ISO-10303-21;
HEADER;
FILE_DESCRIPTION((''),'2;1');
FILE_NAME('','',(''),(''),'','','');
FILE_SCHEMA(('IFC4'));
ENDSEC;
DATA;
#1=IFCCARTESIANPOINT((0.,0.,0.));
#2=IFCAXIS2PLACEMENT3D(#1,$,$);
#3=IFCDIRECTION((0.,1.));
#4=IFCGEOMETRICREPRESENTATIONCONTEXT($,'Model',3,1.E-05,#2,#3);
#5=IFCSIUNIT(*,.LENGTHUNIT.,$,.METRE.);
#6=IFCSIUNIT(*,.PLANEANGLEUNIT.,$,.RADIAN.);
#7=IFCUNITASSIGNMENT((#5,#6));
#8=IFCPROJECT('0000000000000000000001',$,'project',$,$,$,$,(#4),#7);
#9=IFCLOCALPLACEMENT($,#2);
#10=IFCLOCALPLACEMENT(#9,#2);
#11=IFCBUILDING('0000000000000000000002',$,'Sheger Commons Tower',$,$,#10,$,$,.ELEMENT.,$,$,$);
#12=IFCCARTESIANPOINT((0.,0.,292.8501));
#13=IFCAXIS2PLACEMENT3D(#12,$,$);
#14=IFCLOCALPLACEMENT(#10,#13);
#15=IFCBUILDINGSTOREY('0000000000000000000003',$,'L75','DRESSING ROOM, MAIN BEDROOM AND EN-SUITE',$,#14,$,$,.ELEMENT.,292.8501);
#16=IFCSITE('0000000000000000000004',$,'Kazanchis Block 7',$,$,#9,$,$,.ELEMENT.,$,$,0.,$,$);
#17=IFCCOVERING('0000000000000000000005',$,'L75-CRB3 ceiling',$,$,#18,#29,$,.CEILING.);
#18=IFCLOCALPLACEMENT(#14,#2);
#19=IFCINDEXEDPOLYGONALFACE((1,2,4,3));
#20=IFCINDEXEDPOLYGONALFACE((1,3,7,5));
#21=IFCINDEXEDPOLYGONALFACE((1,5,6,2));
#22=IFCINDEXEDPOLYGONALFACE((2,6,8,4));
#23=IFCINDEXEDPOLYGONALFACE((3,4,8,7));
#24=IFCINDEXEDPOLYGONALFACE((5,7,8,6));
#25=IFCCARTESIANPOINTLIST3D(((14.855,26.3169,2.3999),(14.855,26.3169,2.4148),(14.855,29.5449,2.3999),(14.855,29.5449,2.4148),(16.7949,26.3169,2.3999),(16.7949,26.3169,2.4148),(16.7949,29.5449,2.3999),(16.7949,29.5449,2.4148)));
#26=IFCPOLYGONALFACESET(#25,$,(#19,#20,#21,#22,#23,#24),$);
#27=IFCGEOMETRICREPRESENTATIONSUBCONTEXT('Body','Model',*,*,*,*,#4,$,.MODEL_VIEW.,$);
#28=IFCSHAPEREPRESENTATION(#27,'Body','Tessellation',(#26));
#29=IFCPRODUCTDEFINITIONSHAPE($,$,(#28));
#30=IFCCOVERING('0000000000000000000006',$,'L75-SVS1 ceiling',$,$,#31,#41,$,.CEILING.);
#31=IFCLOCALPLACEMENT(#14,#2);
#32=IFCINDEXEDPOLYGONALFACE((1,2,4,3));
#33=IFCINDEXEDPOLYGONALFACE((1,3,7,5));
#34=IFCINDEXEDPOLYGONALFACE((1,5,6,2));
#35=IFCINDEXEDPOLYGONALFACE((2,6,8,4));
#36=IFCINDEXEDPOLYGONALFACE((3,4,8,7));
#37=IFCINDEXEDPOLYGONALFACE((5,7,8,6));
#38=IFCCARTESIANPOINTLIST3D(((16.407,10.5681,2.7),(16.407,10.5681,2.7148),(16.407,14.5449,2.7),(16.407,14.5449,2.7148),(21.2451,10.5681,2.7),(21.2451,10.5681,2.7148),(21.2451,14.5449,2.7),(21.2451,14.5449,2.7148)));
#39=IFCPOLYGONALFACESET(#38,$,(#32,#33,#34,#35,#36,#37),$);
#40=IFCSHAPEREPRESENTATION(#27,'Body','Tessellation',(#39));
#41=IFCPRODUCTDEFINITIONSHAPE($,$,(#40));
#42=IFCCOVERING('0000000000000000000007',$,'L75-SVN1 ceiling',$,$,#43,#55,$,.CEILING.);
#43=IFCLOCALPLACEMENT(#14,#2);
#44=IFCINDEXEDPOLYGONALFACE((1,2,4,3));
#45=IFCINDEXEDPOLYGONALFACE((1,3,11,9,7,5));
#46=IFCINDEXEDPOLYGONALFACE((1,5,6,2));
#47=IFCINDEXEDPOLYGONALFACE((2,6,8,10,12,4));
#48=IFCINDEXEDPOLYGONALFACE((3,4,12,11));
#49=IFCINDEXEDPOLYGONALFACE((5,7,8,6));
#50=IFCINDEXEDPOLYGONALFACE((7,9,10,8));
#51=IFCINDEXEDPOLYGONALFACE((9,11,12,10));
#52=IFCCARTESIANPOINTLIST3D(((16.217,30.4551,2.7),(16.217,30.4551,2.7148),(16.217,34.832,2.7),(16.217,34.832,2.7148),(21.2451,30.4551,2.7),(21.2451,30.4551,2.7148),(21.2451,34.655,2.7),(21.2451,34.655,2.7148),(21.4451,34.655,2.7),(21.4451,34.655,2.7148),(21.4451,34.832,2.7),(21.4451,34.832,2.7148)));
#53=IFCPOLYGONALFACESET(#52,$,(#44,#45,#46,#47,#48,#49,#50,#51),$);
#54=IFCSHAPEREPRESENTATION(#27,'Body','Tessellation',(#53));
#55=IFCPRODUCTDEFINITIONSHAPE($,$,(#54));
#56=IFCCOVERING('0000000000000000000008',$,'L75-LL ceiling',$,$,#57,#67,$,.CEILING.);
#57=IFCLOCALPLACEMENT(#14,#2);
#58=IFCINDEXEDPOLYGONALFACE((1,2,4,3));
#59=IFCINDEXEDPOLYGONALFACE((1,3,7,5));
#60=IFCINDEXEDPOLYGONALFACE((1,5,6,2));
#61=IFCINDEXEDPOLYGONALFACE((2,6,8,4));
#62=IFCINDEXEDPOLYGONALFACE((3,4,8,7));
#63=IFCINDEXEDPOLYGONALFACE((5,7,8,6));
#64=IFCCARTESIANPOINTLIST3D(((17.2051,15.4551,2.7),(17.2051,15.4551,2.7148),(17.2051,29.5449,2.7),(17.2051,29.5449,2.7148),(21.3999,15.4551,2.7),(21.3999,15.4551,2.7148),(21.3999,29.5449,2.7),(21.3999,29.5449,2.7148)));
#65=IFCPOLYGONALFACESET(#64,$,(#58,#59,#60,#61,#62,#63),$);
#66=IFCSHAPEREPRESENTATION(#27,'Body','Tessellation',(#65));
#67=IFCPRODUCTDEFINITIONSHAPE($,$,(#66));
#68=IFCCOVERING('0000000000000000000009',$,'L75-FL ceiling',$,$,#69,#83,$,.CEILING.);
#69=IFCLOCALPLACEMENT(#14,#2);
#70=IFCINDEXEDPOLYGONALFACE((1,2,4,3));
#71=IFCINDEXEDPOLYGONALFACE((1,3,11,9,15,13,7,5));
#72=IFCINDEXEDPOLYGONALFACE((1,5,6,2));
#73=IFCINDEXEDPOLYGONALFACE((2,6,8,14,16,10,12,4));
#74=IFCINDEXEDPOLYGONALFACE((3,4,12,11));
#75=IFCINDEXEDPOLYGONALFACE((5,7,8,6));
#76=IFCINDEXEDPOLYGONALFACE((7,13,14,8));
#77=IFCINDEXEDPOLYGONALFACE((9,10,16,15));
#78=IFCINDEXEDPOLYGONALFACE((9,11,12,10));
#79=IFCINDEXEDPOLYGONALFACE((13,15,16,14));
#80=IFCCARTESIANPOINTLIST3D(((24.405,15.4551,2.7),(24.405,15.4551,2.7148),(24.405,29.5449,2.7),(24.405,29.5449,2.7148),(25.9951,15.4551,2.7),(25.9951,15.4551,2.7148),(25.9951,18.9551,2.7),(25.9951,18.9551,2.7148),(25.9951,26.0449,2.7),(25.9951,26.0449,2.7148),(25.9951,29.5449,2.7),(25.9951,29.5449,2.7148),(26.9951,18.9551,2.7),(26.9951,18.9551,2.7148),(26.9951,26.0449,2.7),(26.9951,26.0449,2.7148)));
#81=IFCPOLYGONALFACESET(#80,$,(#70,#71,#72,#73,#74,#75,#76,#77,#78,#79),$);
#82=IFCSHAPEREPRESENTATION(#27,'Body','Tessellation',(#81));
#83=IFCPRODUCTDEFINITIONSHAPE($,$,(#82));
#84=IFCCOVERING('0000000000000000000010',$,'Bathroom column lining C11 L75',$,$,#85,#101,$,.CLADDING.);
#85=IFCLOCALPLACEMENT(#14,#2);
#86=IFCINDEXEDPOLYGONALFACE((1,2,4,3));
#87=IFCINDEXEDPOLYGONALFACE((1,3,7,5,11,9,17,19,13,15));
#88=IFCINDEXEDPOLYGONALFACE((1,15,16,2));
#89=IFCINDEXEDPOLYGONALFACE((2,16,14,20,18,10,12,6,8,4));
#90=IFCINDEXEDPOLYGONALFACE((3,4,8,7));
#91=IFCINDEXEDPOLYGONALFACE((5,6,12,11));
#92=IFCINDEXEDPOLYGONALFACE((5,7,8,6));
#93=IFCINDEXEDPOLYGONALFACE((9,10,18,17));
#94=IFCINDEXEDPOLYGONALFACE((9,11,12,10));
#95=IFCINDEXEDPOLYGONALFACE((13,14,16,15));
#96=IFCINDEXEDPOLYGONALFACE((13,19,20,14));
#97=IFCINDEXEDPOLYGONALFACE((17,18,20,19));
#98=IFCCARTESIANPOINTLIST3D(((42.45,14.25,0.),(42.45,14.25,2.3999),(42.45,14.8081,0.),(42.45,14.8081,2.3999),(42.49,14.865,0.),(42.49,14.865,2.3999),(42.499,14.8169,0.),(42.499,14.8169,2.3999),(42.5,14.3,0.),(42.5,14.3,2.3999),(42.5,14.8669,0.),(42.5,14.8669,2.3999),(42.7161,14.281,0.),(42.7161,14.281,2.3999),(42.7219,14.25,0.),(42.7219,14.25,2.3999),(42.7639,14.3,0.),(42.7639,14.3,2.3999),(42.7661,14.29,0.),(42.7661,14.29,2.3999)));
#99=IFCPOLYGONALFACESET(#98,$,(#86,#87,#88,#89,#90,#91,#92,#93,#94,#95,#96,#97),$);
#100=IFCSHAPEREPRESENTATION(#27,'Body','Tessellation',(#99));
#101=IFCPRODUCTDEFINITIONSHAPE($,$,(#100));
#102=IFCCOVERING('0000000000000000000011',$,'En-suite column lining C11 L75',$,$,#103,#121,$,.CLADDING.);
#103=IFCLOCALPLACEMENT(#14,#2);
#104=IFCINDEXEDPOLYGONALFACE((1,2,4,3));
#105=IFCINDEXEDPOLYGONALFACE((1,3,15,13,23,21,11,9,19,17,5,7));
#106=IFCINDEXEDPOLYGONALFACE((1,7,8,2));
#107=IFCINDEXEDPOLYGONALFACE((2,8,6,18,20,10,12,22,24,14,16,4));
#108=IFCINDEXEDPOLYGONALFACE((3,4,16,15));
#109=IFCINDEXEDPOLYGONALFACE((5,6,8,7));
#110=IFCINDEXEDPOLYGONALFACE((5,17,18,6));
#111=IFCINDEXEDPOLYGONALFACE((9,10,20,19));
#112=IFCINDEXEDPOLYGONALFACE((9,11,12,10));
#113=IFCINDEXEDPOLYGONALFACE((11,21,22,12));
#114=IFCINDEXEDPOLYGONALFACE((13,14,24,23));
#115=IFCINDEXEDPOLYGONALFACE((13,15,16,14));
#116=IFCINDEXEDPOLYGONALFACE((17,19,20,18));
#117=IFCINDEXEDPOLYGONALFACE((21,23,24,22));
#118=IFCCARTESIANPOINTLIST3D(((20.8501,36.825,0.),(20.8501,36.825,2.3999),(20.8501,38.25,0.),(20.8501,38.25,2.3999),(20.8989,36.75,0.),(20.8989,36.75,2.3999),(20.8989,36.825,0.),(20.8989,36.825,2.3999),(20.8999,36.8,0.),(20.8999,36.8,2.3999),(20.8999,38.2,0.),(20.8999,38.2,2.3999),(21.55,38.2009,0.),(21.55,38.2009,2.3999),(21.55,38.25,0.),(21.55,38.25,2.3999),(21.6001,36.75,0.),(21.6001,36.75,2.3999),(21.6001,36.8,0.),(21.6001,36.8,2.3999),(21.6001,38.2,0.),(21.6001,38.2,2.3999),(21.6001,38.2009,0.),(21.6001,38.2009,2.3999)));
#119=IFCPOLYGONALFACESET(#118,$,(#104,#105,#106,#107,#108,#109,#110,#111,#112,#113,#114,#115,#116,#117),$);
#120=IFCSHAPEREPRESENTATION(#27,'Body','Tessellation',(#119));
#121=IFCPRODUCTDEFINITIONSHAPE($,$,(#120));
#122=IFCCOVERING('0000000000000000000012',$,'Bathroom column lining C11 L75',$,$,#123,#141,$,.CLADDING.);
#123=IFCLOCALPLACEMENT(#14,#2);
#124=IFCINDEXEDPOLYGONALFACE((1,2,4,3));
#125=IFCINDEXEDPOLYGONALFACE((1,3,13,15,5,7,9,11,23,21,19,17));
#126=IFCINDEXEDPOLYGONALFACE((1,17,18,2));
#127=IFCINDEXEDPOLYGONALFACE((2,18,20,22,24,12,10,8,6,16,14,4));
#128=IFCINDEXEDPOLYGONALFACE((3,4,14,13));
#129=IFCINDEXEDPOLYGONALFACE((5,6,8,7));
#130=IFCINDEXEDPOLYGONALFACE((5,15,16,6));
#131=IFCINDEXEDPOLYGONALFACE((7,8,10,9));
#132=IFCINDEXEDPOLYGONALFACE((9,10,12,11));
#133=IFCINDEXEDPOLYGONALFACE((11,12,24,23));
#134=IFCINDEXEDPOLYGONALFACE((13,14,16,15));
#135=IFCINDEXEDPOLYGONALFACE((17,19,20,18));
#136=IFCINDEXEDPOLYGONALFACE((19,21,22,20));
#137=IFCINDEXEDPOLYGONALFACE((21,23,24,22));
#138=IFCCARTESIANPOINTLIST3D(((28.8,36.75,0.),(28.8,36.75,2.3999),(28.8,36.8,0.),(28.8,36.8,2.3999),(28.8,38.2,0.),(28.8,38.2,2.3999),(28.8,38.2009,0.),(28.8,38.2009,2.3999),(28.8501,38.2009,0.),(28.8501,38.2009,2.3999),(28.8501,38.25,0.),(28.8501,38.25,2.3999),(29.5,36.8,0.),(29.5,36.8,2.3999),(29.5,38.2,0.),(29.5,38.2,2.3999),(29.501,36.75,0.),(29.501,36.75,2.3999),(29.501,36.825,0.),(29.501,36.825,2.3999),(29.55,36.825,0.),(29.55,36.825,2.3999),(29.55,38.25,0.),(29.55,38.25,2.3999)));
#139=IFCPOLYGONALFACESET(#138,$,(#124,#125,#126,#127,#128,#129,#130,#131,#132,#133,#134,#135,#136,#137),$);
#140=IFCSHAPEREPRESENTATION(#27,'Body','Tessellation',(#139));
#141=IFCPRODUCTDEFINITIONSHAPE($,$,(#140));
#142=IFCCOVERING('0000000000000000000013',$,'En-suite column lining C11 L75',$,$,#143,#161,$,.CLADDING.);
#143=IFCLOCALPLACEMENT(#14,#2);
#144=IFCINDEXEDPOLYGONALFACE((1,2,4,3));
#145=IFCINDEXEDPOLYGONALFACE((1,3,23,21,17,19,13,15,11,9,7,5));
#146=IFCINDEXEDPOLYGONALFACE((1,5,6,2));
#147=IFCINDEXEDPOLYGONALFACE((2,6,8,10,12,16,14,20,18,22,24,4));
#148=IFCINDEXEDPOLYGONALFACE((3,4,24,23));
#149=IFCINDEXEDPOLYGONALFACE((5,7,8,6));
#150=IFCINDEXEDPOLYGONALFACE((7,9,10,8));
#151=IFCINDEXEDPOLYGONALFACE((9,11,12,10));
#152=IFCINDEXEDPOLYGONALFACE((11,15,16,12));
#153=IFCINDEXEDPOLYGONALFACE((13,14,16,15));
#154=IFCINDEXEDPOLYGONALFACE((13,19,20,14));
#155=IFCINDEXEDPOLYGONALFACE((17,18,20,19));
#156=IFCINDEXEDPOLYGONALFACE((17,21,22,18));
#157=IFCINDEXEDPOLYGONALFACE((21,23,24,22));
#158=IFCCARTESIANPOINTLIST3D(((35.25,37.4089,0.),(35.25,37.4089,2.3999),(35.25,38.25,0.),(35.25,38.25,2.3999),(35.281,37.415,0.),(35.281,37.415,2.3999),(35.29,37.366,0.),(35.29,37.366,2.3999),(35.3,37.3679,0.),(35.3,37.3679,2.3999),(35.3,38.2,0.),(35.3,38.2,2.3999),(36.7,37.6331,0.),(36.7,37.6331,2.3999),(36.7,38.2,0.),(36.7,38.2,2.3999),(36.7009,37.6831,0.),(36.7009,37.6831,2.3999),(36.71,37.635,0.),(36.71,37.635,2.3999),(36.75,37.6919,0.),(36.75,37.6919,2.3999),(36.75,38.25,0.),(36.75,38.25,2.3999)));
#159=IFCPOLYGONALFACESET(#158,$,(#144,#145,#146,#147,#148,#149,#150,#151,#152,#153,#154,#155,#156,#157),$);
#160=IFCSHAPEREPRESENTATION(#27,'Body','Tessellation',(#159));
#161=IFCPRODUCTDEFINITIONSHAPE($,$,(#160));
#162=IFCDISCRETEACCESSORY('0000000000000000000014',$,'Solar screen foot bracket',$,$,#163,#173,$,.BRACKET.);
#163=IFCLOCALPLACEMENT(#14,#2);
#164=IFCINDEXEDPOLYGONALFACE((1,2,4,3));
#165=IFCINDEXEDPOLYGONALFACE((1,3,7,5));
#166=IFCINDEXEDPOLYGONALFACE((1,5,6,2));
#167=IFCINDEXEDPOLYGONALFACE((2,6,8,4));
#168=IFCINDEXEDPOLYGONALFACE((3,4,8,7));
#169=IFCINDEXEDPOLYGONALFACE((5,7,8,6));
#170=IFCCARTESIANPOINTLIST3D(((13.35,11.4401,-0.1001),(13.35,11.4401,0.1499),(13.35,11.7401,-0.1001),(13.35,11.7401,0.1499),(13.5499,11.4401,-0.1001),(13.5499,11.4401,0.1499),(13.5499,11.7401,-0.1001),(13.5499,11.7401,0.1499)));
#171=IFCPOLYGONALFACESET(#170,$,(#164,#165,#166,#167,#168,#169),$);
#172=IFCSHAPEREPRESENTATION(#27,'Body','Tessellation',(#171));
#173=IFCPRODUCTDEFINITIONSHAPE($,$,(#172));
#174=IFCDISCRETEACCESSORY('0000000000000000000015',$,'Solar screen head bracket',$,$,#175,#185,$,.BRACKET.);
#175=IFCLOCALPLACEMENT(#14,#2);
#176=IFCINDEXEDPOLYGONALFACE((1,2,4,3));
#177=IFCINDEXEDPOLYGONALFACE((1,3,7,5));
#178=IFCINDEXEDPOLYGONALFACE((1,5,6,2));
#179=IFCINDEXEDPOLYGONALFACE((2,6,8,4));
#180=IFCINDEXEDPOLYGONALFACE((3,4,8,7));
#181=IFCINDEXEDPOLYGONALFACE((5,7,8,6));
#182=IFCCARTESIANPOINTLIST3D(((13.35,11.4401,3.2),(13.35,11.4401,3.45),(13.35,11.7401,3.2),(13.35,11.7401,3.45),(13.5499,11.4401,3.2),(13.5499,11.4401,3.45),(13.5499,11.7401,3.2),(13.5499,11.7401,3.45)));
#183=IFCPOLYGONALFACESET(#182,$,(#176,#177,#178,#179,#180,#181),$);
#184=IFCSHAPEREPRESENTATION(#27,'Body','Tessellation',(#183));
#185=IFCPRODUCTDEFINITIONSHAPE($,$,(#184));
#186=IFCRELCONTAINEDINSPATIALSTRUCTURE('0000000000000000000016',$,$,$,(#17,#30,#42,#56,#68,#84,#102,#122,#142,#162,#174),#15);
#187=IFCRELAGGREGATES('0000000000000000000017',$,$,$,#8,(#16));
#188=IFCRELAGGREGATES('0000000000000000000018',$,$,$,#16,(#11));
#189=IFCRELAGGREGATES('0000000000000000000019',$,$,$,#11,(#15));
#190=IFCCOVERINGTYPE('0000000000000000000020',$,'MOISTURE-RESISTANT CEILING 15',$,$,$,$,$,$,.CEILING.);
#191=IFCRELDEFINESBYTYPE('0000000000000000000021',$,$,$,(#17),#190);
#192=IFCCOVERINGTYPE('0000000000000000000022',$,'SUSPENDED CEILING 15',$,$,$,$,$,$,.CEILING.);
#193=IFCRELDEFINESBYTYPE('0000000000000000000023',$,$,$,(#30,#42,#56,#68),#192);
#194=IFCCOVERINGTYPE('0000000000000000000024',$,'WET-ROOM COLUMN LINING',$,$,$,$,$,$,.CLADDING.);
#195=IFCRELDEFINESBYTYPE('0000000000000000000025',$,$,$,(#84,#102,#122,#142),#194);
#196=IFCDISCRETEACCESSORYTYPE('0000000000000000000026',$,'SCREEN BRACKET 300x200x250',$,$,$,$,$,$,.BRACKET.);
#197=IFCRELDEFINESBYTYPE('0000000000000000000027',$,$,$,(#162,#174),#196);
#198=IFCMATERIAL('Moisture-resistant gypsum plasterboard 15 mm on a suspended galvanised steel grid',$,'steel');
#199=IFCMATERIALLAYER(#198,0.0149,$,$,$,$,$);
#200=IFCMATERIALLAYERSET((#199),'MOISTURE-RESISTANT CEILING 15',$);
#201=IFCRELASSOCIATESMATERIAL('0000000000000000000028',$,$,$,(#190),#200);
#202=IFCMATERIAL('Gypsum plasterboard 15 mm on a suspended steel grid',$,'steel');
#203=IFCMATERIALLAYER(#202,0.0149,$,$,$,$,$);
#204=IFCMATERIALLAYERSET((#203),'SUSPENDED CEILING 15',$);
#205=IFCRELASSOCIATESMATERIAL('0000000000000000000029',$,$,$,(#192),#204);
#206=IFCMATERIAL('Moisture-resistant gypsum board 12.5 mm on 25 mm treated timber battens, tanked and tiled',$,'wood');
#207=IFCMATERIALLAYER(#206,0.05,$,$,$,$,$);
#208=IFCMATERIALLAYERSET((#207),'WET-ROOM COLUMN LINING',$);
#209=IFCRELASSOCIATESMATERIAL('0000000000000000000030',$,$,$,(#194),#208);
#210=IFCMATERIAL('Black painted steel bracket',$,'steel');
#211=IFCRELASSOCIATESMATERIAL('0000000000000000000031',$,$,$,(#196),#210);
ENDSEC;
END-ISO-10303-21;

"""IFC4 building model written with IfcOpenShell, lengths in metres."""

from ifc_helpers import new_model, si_unit, direction, frame, origin, origin_2d, place, context, subcontext, project, spatial, polyline, rectangle, outline, extrude, material, layer, layer_set, type_object, element, save


model = new_model("IFC4")

# Units and contexts
model_context = context("Model", 3, precision=1e-05, world=origin(), true_north=direction((0.0, 1.0)))
body_context = subcontext(model_context, "Body", "Model", "MODEL_VIEW")
ifc_project = project(units=[si_unit("LENGTHUNIT", "METRE"), si_unit("PLANEANGLEUNIT", "RADIAN")], contexts=[model_context])

# Site, building, storey
site_placement = place(None, origin())
site = spatial("IfcSite", under=ifc_project, at=site_placement, Name="Kazanchis Block 7", CompositionType="ELEMENT", RefElevation=0.0)
building_placement = place(site_placement, origin())
building = spatial("IfcBuilding", under=site, at=building_placement, Name="Sheger Commons Tower", CompositionType="ELEMENT")
storey_placement = place(building_placement, frame((0.0, 0.0, 292.8501)))
storey = spatial("IfcBuildingStorey", under=building, at=storey_placement, Name="L75", Description="DRESSING ROOM, MAIN BEDROOM AND EN-SUITE", CompositionType="ELEMENT", Elevation=292.8501)

# Coverings
ifc_material_1 = material(Name="Moisture-resistant gypsum plasterboard 15 mm on a suspended galvanised steel grid", Category="steel")
ifc_layer_1 = layer(ifc_material_1, 0.0149)
ifc_layer_set_1 = layer_set([ifc_layer_1], Name="MOISTURE-RESISTANT CEILING 15")
covering_type_1 = type_object("IfcCoveringType", Name="MOISTURE-RESISTANT CEILING 15", PredefinedType="CEILING", material=ifc_layer_set_1)
covering_1_placement = place(storey_placement, frame((0.0, 0.0, 2.3999)))
element("IfcCovering", 1, at=covering_1_placement, inside=storey, type_object=covering_type_1, Name="L75-CRB3 ceiling", PredefinedType="CEILING", context=body_context, shape_type="SweptSolid", body=[
    extrude(outline(polyline([(14.855, 26.3169), (16.7949, 26.3169), (16.7949, 29.5449), (14.855, 29.5449), (14.855, 26.3169)])), origin(), (0.0, 0.0, 1.0), 0.0149),
])
ifc_material_2 = material(Name="Gypsum plasterboard 15 mm on a suspended steel grid", Category="steel")
ifc_layer_2 = layer(ifc_material_2, 0.0149)
ifc_layer_set_2 = layer_set([ifc_layer_2], Name="SUSPENDED CEILING 15")
covering_type_2 = type_object("IfcCoveringType", Name="SUSPENDED CEILING 15", PredefinedType="CEILING", material=ifc_layer_set_2)
covering_2_placement = place(storey_placement, frame((0.0, 0.0, 2.7)))
element("IfcCovering", 2, at=covering_2_placement, inside=storey, type_object=covering_type_2, Name="L75-SVS1 ceiling", PredefinedType="CEILING", context=body_context, shape_type="SweptSolid", body=[
    extrude(outline(polyline([(16.407, 10.5681), (21.2451, 10.5681), (21.2451, 14.5449), (16.407, 14.5449), (16.407, 10.5681)])), origin(), (0.0, 0.0, 1.0), 0.0149),
])
covering_3_placement = place(storey_placement, frame((0.0, 0.0, 2.7)))
element("IfcCovering", 3, at=covering_3_placement, inside=storey, type_object=covering_type_2, Name="L75-SVN1 ceiling", PredefinedType="CEILING", context=body_context, shape_type="SweptSolid", body=[
    extrude(outline(polyline([(16.217, 30.4551), (21.2451, 30.4551), (21.2451, 34.655), (21.4451, 34.655), (21.4451, 34.832), (16.217, 34.832), (16.217, 30.4551)])), origin(), (0.0, 0.0, 1.0), 0.0149),
])
covering_4_placement = place(storey_placement, frame((0.0, 0.0, 2.7)))
element("IfcCovering", 4, at=covering_4_placement, inside=storey, type_object=covering_type_2, Name="L75-LL ceiling", PredefinedType="CEILING", context=body_context, shape_type="SweptSolid", body=[
    extrude(outline(polyline([(17.2051, 15.4551), (21.3999, 15.4551), (21.3999, 29.5449), (17.2051, 29.5449), (17.2051, 15.4551)])), origin(), (0.0, 0.0, 1.0), 0.0149),
])
covering_5_placement = place(storey_placement, frame((0.0, 0.0, 2.7)))
element("IfcCovering", 5, at=covering_5_placement, inside=storey, type_object=covering_type_2, Name="L75-FL ceiling", PredefinedType="CEILING", context=body_context, shape_type="SweptSolid", body=[
    extrude(outline(polyline([(24.405, 15.4551), (25.9951, 15.4551), (25.9951, 18.9551), (26.9951, 18.9551), (26.9951, 26.0449), (25.9951, 26.0449), (25.9951, 29.5449), (24.405, 29.5449), (24.405, 15.4551)])), origin(), (0.0, 0.0, 1.0), 0.0149),
])
ifc_material_3 = material(Name="Moisture-resistant gypsum board 12.5 mm on 25 mm treated timber battens, tanked and tiled", Category="wood")
ifc_layer_3 = layer(ifc_material_3, 0.05)
ifc_layer_set_3 = layer_set([ifc_layer_3], Name="WET-ROOM COLUMN LINING")
covering_type_3 = type_object("IfcCoveringType", Name="WET-ROOM COLUMN LINING", PredefinedType="CLADDING", material=ifc_layer_set_3)
covering_6_placement = place(storey_placement, origin())
element("IfcCovering", 6, at=covering_6_placement, inside=storey, type_object=covering_type_3, Name="Bathroom column lining C11 L75", PredefinedType="CLADDING", context=body_context, shape_type="SweptSolid", body=[
    extrude(outline(polyline([(42.5, 14.8669), (42.5, 14.3), (42.7639, 14.3), (42.7661, 14.29), (42.7161, 14.281), (42.7219, 14.25), (42.45, 14.25), (42.45, 14.8081), (42.499, 14.8169), (42.49, 14.865), (42.5, 14.8669)])), origin(), (0.0, 0.0, 1.0), 2.3999),
])
covering_7_placement = place(storey_placement, origin())
element("IfcCovering", 7, at=covering_7_placement, inside=storey, type_object=covering_type_3, Name="En-suite column lining C11 L75", PredefinedType="CLADDING", context=body_context, shape_type="SweptSolid", body=[
    extrude(outline(polyline([(21.55, 38.25), (21.55, 38.2009), (21.6001, 38.2009), (21.6001, 38.2), (20.8999, 38.2), (20.8999, 36.8), (21.6001, 36.8), (21.6001, 36.75), (20.8989, 36.75), (20.8989, 36.825), (20.8501, 36.825), (20.8501, 38.25), (21.55, 38.25)])), origin(), (0.0, 0.0, 1.0), 2.3999),
])
covering_8_placement = place(storey_placement, origin())
element("IfcCovering", 8, at=covering_8_placement, inside=storey, type_object=covering_type_3, Name="Bathroom column lining C11 L75", PredefinedType="CLADDING", context=body_context, shape_type="SweptSolid", body=[
    extrude(outline(polyline([(29.55, 36.825), (29.501, 36.825), (29.501, 36.75), (28.8, 36.75), (28.8, 36.8), (29.5, 36.8), (29.5, 38.2), (28.8, 38.2), (28.8, 38.2009), (28.8501, 38.2009), (28.8501, 38.25), (29.55, 38.25), (29.55, 36.825)])), origin(), (0.0, 0.0, 1.0), 2.3999),
])
covering_9_placement = place(storey_placement, origin())
element("IfcCovering", 9, at=covering_9_placement, inside=storey, type_object=covering_type_3, Name="En-suite column lining C11 L75", PredefinedType="CLADDING", context=body_context, shape_type="SweptSolid", body=[
    extrude(outline(polyline([(36.75, 38.25), (36.75, 37.6919), (36.7009, 37.6831), (36.71, 37.635), (36.7, 37.6331), (36.7, 38.2), (35.3, 38.2), (35.3, 37.3679), (35.29, 37.366), (35.281, 37.415), (35.25, 37.4089), (35.25, 38.25), (36.75, 38.25)])), origin(), (0.0, 0.0, 1.0), 2.3999),
])

# Discrete accessories
ifc_material_4 = material(Name="Black painted steel bracket", Category="steel")
discrete_accessory_type = type_object("IfcDiscreteAccessoryType", Name="SCREEN BRACKET 300x200x250", PredefinedType="BRACKET", material=ifc_material_4)
for number, where, z_axis, x_axis, name in (
    (10, (13.45, 11.5901, -0.1001), (0.0, 0.0, 1.0), (0.0, -1.0, 0.0), "Solar screen foot bracket"),
    (11, (13.45, 11.5901, 3.2), (0.0, 0.0, 1.0), (0.0, -1.0, 0.0), "Solar screen head bracket"),
):
    element("IfcDiscreteAccessory", number, at=place(storey_placement, frame(where, z_axis=z_axis, x_axis=x_axis)), inside=storey, type_object=discrete_accessory_type, Name=name, PredefinedType="BRACKET", context=body_context, shape_type="SweptSolid", body=[
        extrude(rectangle(XDim=0.3, YDim=0.2, at=origin_2d()), origin(), (0.0, 0.0, 1.0), 0.25),
    ])

save(model, "model.ifc")
